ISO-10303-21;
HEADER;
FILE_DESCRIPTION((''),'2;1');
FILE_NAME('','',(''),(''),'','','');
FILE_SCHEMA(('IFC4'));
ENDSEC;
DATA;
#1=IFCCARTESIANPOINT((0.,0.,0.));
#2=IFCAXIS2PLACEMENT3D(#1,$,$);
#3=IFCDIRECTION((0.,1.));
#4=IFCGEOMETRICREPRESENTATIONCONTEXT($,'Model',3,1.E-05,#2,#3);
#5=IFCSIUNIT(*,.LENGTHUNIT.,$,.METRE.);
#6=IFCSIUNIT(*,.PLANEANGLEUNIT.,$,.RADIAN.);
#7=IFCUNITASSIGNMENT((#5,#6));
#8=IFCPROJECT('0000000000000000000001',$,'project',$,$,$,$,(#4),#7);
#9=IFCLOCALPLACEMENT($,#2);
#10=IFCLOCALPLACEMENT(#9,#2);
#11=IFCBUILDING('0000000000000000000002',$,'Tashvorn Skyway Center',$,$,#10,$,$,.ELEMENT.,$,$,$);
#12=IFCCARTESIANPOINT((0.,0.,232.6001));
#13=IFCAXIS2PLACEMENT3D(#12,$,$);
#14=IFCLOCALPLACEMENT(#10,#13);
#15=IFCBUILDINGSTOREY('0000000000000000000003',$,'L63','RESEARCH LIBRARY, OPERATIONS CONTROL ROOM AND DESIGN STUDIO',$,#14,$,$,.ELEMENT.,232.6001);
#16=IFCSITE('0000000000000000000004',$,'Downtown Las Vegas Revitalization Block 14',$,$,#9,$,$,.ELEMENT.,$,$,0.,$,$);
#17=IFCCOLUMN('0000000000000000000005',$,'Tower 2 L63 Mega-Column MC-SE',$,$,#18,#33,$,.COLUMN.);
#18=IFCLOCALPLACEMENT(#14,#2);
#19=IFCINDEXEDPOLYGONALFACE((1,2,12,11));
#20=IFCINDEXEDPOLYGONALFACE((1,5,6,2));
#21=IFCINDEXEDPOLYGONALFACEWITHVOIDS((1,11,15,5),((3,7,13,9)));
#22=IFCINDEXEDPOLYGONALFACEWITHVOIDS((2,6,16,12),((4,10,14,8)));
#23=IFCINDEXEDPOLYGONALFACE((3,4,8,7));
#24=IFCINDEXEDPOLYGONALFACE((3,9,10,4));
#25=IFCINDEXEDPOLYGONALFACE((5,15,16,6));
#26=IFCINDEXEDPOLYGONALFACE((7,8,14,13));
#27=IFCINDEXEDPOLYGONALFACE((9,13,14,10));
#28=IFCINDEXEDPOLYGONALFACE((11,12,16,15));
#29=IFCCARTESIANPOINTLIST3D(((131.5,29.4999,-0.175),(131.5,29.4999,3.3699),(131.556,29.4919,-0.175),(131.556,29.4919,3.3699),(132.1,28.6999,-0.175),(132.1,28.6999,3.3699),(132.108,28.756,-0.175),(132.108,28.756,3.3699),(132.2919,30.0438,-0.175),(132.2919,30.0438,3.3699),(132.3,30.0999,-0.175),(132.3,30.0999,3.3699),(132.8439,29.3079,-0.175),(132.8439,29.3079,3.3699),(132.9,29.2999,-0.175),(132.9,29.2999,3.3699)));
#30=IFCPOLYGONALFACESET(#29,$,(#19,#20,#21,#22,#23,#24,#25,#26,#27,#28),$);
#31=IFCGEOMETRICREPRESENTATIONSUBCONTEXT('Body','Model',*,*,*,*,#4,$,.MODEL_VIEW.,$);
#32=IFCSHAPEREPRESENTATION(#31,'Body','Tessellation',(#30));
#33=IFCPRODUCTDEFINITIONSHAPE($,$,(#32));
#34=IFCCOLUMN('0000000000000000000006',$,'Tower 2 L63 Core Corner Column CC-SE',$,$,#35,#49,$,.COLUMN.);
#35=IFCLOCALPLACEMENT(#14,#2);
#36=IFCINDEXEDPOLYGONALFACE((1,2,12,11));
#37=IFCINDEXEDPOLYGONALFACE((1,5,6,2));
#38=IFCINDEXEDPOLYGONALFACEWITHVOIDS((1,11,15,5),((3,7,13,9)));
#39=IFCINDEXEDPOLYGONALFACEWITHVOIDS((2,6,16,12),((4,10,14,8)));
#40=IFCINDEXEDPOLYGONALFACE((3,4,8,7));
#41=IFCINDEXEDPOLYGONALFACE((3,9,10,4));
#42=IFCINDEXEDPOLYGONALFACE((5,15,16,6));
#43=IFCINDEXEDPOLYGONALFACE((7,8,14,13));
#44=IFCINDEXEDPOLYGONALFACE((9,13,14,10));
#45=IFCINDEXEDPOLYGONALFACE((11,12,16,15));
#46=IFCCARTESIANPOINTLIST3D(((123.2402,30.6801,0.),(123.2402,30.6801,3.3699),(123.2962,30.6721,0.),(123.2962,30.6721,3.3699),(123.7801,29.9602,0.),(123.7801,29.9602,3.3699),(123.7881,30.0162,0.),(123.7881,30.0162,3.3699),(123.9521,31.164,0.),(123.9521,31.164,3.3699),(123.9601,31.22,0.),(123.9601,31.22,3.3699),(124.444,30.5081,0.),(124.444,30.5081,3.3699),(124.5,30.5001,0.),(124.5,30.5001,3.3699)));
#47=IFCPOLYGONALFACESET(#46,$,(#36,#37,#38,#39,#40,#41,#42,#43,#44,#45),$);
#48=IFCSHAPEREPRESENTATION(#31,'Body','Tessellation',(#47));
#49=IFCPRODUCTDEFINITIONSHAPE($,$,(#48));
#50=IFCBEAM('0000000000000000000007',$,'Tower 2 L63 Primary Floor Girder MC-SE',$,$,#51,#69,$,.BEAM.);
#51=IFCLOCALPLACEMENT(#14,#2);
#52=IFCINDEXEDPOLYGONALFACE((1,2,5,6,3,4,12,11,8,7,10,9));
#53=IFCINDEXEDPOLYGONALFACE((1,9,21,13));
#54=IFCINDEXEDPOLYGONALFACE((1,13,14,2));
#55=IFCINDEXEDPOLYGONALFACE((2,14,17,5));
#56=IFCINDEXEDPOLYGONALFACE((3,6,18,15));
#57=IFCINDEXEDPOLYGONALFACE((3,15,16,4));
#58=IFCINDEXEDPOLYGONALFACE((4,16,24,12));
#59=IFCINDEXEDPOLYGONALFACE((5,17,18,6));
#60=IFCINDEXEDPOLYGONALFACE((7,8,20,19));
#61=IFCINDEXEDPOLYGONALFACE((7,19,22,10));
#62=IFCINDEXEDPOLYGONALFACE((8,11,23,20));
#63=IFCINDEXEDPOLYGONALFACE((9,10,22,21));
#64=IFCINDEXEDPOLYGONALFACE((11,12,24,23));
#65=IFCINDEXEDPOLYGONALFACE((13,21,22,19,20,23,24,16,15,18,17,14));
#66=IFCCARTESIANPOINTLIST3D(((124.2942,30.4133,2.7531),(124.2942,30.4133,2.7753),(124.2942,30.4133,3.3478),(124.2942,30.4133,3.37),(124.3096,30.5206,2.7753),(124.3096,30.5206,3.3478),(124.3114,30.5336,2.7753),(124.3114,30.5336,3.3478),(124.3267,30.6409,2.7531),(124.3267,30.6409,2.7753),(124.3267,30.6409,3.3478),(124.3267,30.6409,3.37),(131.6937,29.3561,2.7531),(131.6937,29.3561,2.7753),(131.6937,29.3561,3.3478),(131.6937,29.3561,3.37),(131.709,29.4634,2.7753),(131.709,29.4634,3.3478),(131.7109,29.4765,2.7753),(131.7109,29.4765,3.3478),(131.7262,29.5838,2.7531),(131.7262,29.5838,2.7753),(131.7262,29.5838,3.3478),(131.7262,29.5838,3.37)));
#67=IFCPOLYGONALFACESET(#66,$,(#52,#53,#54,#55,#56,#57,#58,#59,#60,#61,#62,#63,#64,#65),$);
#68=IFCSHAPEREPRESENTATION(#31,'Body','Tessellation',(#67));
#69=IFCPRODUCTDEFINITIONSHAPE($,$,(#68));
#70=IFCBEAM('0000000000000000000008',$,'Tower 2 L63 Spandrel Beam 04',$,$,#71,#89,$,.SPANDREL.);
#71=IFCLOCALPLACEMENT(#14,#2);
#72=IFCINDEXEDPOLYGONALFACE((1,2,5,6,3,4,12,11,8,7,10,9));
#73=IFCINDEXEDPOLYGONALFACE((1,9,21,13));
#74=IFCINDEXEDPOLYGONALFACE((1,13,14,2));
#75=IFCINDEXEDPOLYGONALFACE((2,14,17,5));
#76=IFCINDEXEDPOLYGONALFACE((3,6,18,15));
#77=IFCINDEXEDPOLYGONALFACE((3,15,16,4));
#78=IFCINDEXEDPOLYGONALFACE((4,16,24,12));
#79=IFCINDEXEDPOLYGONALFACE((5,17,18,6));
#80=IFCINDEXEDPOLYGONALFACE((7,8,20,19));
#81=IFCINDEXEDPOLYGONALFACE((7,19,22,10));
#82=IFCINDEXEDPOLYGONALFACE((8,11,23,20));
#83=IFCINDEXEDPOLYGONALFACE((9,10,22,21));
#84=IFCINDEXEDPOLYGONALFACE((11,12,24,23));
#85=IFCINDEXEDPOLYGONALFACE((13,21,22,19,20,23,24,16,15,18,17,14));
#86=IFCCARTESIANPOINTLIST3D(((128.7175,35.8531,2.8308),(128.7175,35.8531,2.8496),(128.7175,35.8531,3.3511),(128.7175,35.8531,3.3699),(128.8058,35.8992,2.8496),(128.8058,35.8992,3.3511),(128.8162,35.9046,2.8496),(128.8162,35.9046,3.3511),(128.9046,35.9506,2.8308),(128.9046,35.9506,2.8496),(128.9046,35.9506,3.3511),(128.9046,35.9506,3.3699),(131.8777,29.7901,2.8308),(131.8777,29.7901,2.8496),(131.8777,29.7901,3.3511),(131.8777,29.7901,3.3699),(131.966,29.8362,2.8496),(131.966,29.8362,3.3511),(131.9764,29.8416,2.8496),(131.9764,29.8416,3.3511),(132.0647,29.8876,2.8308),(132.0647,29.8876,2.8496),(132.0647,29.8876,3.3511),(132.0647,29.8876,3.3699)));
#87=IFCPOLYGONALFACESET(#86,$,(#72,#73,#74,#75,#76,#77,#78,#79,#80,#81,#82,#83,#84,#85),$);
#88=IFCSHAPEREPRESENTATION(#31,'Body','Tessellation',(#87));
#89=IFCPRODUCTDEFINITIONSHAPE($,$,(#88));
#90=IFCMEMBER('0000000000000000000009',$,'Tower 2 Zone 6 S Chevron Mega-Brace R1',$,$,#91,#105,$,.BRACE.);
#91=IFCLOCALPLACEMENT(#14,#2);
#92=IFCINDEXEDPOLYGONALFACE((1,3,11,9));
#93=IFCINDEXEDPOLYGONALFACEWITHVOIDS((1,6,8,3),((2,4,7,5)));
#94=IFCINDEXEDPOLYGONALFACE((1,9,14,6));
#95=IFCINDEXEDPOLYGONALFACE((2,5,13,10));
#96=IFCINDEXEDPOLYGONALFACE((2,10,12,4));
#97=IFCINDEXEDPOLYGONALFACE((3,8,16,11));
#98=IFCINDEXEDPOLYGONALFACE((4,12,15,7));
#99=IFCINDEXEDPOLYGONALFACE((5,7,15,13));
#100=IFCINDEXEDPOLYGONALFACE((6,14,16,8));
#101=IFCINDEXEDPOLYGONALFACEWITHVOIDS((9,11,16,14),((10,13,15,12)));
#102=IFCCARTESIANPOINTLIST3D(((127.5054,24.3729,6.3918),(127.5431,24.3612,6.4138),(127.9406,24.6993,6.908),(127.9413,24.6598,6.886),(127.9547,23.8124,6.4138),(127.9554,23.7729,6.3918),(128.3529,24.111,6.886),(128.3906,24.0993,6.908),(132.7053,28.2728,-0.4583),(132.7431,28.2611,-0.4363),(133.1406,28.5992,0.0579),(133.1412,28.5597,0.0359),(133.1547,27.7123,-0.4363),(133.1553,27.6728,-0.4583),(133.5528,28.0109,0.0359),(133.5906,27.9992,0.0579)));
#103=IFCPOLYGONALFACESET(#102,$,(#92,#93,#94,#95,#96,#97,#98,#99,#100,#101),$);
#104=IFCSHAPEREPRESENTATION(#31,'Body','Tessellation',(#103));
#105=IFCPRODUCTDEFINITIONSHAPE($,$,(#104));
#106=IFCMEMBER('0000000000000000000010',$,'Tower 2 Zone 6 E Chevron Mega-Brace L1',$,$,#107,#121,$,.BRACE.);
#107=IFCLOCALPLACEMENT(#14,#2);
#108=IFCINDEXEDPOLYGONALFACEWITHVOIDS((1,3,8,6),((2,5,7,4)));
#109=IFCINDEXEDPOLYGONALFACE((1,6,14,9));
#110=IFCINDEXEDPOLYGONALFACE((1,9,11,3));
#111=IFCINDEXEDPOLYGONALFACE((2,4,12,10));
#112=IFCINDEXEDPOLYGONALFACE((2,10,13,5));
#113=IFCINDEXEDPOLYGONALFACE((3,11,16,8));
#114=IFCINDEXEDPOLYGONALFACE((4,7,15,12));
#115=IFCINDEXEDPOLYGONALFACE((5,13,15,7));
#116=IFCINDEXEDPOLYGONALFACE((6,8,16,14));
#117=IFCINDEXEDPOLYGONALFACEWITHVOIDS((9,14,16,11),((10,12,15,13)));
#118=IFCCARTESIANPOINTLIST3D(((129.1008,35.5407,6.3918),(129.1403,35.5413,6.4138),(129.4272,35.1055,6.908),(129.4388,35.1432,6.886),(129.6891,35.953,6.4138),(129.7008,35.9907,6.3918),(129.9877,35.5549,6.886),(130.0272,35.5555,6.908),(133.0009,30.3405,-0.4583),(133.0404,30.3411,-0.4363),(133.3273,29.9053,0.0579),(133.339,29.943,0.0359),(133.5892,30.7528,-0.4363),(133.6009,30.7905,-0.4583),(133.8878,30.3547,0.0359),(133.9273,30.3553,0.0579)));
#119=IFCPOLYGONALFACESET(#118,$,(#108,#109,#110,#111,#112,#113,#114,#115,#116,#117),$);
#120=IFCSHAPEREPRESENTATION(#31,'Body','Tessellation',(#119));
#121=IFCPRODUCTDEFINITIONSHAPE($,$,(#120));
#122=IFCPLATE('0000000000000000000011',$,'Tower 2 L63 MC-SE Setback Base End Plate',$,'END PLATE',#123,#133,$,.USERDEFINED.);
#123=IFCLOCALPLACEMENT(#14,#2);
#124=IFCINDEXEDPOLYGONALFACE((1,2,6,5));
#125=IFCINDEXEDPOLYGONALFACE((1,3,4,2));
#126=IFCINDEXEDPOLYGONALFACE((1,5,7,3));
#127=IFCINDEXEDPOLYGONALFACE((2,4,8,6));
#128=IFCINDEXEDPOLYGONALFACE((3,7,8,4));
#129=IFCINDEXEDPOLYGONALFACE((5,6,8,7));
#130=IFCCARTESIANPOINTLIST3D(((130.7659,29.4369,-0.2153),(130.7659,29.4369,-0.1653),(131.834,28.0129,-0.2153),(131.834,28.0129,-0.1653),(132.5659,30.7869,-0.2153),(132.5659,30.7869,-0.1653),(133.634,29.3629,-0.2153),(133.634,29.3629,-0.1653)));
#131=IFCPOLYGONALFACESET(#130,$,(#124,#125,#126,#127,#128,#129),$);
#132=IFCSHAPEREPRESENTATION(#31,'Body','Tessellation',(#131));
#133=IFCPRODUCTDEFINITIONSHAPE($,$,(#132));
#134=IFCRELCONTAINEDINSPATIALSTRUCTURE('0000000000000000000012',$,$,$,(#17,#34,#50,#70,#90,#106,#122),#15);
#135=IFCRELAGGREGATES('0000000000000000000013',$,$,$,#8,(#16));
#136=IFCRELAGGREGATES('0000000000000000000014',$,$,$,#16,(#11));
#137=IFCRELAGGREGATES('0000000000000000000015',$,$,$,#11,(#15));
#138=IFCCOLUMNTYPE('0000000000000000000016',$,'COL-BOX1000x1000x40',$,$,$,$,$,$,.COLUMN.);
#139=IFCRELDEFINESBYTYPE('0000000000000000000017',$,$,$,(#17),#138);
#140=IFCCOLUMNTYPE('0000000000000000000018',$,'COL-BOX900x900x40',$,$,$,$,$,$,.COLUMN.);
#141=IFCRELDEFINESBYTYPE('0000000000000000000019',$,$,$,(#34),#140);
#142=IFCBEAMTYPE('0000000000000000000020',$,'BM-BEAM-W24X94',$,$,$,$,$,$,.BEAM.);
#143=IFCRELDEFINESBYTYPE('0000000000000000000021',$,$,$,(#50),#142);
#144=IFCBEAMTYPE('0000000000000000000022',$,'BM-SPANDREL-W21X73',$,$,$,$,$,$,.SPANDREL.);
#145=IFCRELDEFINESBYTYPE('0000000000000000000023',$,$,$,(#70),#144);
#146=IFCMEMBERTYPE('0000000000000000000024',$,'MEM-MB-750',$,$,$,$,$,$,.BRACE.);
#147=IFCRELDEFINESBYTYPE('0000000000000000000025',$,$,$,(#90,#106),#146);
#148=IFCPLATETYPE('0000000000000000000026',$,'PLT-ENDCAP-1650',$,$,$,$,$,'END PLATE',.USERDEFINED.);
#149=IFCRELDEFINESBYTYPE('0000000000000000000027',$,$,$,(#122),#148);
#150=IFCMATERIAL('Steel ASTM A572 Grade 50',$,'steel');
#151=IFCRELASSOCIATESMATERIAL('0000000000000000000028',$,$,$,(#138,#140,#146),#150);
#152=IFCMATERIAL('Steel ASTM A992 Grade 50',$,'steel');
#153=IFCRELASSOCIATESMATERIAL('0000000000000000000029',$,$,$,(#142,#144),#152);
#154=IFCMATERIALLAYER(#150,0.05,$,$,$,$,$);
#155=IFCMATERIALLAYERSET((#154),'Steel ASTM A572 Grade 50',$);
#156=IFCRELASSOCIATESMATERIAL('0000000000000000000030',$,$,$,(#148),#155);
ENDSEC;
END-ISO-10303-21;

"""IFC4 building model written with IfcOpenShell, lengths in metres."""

from ifc_helpers import new_model, si_unit, direction, frame, origin, origin_2d, place, context, subcontext, project, spatial, rectangle, hollow_rectangle, i_section, extrude, material, layer, layer_set, material_profile, profile_set, type_object, element, save


model = new_model("IFC4")

# Units and contexts
model_context = context("Model", 3, precision=1e-05, world=origin(), true_north=direction((0.0, 1.0)))
body_context = subcontext(model_context, "Body", "Model", "MODEL_VIEW")
ifc_project = project(units=[si_unit("LENGTHUNIT", "METRE"), si_unit("PLANEANGLEUNIT", "RADIAN")], contexts=[model_context])

# Site, building, storey
site_placement = place(None, origin())
site = spatial("IfcSite", under=ifc_project, at=site_placement, Name="Downtown Las Vegas Revitalization Block 14", CompositionType="ELEMENT", RefElevation=0.0)
building_placement = place(site_placement, origin())
building = spatial("IfcBuilding", under=site, at=building_placement, Name="Tashvorn Skyway Center", CompositionType="ELEMENT")
storey_placement = place(building_placement, frame((0.0, 0.0, 232.6001)))
storey = spatial("IfcBuildingStorey", under=building, at=storey_placement, Name="L63", Description="RESEARCH LIBRARY, OPERATIONS CONTROL ROOM AND DESIGN STUDIO", CompositionType="ELEMENT", Elevation=232.6001)

# Columns
ifc_material_1 = material(Name="Steel ASTM A572 Grade 50", Category="steel")
ifc_material_profile_1 = material_profile(ifc_material_1, hollow_rectangle(XDim=1.0, YDim=1.0, WallThickness=0.04, at=origin_2d()), Name="BOX1000x1000x40")
ifc_profile_set_1 = profile_set([ifc_material_profile_1], Name="Steel ASTM A572 Grade 50")
column_type_1 = type_object("IfcColumnType", Name="COL-BOX1000x1000x40", PredefinedType="COLUMN", material=ifc_profile_set_1)
column_1_placement = place(storey_placement, frame((132.2, 29.3999, -0.175), z_axis=(0.0, 0.0, 1.0), x_axis=(0.8, 0.6, 0.0)))
element("IfcColumn", 1, at=column_1_placement, inside=storey, type_object=column_type_1, Name="Tower 2 L63 Mega-Column MC-SE", PredefinedType="COLUMN", context=body_context, shape_type="SweptSolid", body=[
    extrude(hollow_rectangle(XDim=1.0, YDim=1.0, WallThickness=0.04, at=origin_2d()), origin(), (0.0, 0.0, 1.0), 3.5449),
])
ifc_material_profile_2 = material_profile(ifc_material_1, hollow_rectangle(XDim=0.8999, YDim=0.8999, WallThickness=0.04, at=origin_2d()), Name="BOX900x900x40")
ifc_profile_set_2 = profile_set([ifc_material_profile_2], Name="Steel ASTM A572 Grade 50")
column_type_2 = type_object("IfcColumnType", Name="COL-BOX900x900x40", PredefinedType="COLUMN", material=ifc_profile_set_2)
column_2_placement = place(storey_placement, frame((123.8701, 30.5901, 0.0), z_axis=(0.0, 0.0, 1.0), x_axis=(0.8, 0.6, 0.0)))
element("IfcColumn", 2, at=column_2_placement, inside=storey, type_object=column_type_2, Name="Tower 2 L63 Core Corner Column CC-SE", PredefinedType="COLUMN", context=body_context, shape_type="SweptSolid", body=[
    extrude(hollow_rectangle(XDim=0.8999, YDim=0.8999, WallThickness=0.04, at=origin_2d()), origin(), (0.0, 0.0, 1.0), 3.3699),
])

# Beams
ifc_material_2 = material(Name="Steel ASTM A992 Grade 50", Category="steel")
ifc_material_profile_3 = material_profile(ifc_material_2, i_section(OverallWidth=0.23, OverallDepth=0.6169, WebThickness=0.0132, FlangeThickness=0.0222, at=origin_2d()), Name="W24X94")
ifc_profile_set_3 = profile_set([ifc_material_profile_3], Name="Steel ASTM A992 Grade 50")
beam_type_1 = type_object("IfcBeamType", Name="BM-BEAM-W24X94", PredefinedType="BEAM", material=ifc_profile_set_3)
beam_1_placement = place(storey_placement, frame((131.71, 29.47, 3.0615), z_axis=(-0.989948, 0.141431, 0.0), x_axis=(-0.141431, -0.989948, 0.0)))
element("IfcBeam", 3, at=beam_1_placement, inside=storey, type_object=beam_type_1, Name="Tower 2 L63 Primary Floor Girder MC-SE", PredefinedType="BEAM", context=body_context, shape_type="SweptSolid", body=[
    extrude(i_section(OverallWidth=0.23, OverallDepth=0.6169, WebThickness=0.0132, FlangeThickness=0.0222, at=origin_2d()), origin(), (0.0, 0.0, 1.0), 7.4746),
])
ifc_material_profile_4 = material_profile(ifc_material_2, i_section(OverallWidth=0.2109, OverallDepth=0.5391, WebThickness=0.0117, FlangeThickness=0.0188, at=origin_2d()), Name="W21X73")
ifc_profile_set_4 = profile_set([ifc_material_profile_4], Name="Steel ASTM A992 Grade 50")
beam_type_2 = type_object("IfcBeamType", Name="BM-SPANDREL-W21X73", PredefinedType="SPANDREL", material=ifc_profile_set_4)
beam_2_placement = place(storey_placement, frame((131.9712, 29.8389, 3.1003), z_axis=(-0.462205, 0.886773, 0.0), x_axis=(-0.886773, -0.462205, 0.0)))
element("IfcBeam", 4, at=beam_2_placement, inside=storey, type_object=beam_type_2, Name="Tower 2 L63 Spandrel Beam 04", PredefinedType="SPANDREL", context=body_context, shape_type="SweptSolid", body=[
    extrude(i_section(OverallWidth=0.2109, OverallDepth=0.5391, WebThickness=0.0117, FlangeThickness=0.0188, at=origin_2d()), origin(), (0.0, 0.0, 1.0), 6.8372),
])

# Members
ifc_material_profile_5 = material_profile(ifc_material_1, hollow_rectangle(XDim=0.75, YDim=0.75, WallThickness=0.032, at=origin_2d()), Name="BOX750x750x32")
ifc_profile_set_5 = profile_set([ifc_material_profile_5], Name="Steel ASTM A572 Grade 50")
member_type = type_object("IfcMemberType", Name="MEM-MB-750", PredefinedType="BRACE", material=ifc_profile_set_5)
member_1_placement = place(storey_placement, frame((133.1479, 28.136, -0.2002), z_axis=(-0.55066, -0.412989, 0.725406), x_axis=(0.599994, -0.800005, 0.0)))
element("IfcMember", 5, at=member_1_placement, inside=storey, type_object=member_type, Name="Tower 2 Zone 6 S Chevron Mega-Brace R1", PredefinedType="BRACE", context=body_context, shape_type="SweptSolid", body=[
    extrude(hollow_rectangle(XDim=0.75, YDim=0.75, WallThickness=0.032, at=origin_2d()), origin(), (0.0, 0.0, 1.0), 9.4431),
])
member_2_placement = place(storey_placement, frame((133.4641, 30.3479, -0.2002), z_axis=(-0.413004, 0.550672, 0.725388), x_axis=(-0.8, -0.6, 0.0)))
element("IfcMember", 6, at=member_2_placement, inside=storey, type_object=member_type, Name="Tower 2 Zone 6 E Chevron Mega-Brace L1", PredefinedType="BRACE", context=body_context, shape_type="SweptSolid", body=[
    extrude(hollow_rectangle(XDim=0.75, YDim=0.75, WallThickness=0.032, at=origin_2d()), origin(), (0.0, 0.0, 1.0), 9.4434),
])

# Plate
ifc_layer_1 = layer(ifc_material_1, 0.05)
ifc_layer_set_1 = layer_set([ifc_layer_1], Name="Steel ASTM A572 Grade 50")
plate_type = type_object("IfcPlateType", Name="PLT-ENDCAP-1650", ElementType="END PLATE", PredefinedType="USERDEFINED", material=ifc_layer_set_1)
plate_placement = place(storey_placement, frame((132.2, 29.3999, -0.2153), z_axis=(0.0, 0.0, 1.0), x_axis=(0.8, 0.6, 0.0)))
element("IfcPlate", 7, at=plate_placement, inside=storey, type_object=plate_type, Name="Tower 2 L63 MC-SE Setback Base End Plate", ObjectType="END PLATE", PredefinedType="USERDEFINED", context=body_context, shape_type="SweptSolid", body=[
    extrude(rectangle(XDim=2.25, YDim=1.78, at=origin_2d()), origin(), (0.0, 0.0, 1.0), 0.05),
])

save(model, "model.ifc")
